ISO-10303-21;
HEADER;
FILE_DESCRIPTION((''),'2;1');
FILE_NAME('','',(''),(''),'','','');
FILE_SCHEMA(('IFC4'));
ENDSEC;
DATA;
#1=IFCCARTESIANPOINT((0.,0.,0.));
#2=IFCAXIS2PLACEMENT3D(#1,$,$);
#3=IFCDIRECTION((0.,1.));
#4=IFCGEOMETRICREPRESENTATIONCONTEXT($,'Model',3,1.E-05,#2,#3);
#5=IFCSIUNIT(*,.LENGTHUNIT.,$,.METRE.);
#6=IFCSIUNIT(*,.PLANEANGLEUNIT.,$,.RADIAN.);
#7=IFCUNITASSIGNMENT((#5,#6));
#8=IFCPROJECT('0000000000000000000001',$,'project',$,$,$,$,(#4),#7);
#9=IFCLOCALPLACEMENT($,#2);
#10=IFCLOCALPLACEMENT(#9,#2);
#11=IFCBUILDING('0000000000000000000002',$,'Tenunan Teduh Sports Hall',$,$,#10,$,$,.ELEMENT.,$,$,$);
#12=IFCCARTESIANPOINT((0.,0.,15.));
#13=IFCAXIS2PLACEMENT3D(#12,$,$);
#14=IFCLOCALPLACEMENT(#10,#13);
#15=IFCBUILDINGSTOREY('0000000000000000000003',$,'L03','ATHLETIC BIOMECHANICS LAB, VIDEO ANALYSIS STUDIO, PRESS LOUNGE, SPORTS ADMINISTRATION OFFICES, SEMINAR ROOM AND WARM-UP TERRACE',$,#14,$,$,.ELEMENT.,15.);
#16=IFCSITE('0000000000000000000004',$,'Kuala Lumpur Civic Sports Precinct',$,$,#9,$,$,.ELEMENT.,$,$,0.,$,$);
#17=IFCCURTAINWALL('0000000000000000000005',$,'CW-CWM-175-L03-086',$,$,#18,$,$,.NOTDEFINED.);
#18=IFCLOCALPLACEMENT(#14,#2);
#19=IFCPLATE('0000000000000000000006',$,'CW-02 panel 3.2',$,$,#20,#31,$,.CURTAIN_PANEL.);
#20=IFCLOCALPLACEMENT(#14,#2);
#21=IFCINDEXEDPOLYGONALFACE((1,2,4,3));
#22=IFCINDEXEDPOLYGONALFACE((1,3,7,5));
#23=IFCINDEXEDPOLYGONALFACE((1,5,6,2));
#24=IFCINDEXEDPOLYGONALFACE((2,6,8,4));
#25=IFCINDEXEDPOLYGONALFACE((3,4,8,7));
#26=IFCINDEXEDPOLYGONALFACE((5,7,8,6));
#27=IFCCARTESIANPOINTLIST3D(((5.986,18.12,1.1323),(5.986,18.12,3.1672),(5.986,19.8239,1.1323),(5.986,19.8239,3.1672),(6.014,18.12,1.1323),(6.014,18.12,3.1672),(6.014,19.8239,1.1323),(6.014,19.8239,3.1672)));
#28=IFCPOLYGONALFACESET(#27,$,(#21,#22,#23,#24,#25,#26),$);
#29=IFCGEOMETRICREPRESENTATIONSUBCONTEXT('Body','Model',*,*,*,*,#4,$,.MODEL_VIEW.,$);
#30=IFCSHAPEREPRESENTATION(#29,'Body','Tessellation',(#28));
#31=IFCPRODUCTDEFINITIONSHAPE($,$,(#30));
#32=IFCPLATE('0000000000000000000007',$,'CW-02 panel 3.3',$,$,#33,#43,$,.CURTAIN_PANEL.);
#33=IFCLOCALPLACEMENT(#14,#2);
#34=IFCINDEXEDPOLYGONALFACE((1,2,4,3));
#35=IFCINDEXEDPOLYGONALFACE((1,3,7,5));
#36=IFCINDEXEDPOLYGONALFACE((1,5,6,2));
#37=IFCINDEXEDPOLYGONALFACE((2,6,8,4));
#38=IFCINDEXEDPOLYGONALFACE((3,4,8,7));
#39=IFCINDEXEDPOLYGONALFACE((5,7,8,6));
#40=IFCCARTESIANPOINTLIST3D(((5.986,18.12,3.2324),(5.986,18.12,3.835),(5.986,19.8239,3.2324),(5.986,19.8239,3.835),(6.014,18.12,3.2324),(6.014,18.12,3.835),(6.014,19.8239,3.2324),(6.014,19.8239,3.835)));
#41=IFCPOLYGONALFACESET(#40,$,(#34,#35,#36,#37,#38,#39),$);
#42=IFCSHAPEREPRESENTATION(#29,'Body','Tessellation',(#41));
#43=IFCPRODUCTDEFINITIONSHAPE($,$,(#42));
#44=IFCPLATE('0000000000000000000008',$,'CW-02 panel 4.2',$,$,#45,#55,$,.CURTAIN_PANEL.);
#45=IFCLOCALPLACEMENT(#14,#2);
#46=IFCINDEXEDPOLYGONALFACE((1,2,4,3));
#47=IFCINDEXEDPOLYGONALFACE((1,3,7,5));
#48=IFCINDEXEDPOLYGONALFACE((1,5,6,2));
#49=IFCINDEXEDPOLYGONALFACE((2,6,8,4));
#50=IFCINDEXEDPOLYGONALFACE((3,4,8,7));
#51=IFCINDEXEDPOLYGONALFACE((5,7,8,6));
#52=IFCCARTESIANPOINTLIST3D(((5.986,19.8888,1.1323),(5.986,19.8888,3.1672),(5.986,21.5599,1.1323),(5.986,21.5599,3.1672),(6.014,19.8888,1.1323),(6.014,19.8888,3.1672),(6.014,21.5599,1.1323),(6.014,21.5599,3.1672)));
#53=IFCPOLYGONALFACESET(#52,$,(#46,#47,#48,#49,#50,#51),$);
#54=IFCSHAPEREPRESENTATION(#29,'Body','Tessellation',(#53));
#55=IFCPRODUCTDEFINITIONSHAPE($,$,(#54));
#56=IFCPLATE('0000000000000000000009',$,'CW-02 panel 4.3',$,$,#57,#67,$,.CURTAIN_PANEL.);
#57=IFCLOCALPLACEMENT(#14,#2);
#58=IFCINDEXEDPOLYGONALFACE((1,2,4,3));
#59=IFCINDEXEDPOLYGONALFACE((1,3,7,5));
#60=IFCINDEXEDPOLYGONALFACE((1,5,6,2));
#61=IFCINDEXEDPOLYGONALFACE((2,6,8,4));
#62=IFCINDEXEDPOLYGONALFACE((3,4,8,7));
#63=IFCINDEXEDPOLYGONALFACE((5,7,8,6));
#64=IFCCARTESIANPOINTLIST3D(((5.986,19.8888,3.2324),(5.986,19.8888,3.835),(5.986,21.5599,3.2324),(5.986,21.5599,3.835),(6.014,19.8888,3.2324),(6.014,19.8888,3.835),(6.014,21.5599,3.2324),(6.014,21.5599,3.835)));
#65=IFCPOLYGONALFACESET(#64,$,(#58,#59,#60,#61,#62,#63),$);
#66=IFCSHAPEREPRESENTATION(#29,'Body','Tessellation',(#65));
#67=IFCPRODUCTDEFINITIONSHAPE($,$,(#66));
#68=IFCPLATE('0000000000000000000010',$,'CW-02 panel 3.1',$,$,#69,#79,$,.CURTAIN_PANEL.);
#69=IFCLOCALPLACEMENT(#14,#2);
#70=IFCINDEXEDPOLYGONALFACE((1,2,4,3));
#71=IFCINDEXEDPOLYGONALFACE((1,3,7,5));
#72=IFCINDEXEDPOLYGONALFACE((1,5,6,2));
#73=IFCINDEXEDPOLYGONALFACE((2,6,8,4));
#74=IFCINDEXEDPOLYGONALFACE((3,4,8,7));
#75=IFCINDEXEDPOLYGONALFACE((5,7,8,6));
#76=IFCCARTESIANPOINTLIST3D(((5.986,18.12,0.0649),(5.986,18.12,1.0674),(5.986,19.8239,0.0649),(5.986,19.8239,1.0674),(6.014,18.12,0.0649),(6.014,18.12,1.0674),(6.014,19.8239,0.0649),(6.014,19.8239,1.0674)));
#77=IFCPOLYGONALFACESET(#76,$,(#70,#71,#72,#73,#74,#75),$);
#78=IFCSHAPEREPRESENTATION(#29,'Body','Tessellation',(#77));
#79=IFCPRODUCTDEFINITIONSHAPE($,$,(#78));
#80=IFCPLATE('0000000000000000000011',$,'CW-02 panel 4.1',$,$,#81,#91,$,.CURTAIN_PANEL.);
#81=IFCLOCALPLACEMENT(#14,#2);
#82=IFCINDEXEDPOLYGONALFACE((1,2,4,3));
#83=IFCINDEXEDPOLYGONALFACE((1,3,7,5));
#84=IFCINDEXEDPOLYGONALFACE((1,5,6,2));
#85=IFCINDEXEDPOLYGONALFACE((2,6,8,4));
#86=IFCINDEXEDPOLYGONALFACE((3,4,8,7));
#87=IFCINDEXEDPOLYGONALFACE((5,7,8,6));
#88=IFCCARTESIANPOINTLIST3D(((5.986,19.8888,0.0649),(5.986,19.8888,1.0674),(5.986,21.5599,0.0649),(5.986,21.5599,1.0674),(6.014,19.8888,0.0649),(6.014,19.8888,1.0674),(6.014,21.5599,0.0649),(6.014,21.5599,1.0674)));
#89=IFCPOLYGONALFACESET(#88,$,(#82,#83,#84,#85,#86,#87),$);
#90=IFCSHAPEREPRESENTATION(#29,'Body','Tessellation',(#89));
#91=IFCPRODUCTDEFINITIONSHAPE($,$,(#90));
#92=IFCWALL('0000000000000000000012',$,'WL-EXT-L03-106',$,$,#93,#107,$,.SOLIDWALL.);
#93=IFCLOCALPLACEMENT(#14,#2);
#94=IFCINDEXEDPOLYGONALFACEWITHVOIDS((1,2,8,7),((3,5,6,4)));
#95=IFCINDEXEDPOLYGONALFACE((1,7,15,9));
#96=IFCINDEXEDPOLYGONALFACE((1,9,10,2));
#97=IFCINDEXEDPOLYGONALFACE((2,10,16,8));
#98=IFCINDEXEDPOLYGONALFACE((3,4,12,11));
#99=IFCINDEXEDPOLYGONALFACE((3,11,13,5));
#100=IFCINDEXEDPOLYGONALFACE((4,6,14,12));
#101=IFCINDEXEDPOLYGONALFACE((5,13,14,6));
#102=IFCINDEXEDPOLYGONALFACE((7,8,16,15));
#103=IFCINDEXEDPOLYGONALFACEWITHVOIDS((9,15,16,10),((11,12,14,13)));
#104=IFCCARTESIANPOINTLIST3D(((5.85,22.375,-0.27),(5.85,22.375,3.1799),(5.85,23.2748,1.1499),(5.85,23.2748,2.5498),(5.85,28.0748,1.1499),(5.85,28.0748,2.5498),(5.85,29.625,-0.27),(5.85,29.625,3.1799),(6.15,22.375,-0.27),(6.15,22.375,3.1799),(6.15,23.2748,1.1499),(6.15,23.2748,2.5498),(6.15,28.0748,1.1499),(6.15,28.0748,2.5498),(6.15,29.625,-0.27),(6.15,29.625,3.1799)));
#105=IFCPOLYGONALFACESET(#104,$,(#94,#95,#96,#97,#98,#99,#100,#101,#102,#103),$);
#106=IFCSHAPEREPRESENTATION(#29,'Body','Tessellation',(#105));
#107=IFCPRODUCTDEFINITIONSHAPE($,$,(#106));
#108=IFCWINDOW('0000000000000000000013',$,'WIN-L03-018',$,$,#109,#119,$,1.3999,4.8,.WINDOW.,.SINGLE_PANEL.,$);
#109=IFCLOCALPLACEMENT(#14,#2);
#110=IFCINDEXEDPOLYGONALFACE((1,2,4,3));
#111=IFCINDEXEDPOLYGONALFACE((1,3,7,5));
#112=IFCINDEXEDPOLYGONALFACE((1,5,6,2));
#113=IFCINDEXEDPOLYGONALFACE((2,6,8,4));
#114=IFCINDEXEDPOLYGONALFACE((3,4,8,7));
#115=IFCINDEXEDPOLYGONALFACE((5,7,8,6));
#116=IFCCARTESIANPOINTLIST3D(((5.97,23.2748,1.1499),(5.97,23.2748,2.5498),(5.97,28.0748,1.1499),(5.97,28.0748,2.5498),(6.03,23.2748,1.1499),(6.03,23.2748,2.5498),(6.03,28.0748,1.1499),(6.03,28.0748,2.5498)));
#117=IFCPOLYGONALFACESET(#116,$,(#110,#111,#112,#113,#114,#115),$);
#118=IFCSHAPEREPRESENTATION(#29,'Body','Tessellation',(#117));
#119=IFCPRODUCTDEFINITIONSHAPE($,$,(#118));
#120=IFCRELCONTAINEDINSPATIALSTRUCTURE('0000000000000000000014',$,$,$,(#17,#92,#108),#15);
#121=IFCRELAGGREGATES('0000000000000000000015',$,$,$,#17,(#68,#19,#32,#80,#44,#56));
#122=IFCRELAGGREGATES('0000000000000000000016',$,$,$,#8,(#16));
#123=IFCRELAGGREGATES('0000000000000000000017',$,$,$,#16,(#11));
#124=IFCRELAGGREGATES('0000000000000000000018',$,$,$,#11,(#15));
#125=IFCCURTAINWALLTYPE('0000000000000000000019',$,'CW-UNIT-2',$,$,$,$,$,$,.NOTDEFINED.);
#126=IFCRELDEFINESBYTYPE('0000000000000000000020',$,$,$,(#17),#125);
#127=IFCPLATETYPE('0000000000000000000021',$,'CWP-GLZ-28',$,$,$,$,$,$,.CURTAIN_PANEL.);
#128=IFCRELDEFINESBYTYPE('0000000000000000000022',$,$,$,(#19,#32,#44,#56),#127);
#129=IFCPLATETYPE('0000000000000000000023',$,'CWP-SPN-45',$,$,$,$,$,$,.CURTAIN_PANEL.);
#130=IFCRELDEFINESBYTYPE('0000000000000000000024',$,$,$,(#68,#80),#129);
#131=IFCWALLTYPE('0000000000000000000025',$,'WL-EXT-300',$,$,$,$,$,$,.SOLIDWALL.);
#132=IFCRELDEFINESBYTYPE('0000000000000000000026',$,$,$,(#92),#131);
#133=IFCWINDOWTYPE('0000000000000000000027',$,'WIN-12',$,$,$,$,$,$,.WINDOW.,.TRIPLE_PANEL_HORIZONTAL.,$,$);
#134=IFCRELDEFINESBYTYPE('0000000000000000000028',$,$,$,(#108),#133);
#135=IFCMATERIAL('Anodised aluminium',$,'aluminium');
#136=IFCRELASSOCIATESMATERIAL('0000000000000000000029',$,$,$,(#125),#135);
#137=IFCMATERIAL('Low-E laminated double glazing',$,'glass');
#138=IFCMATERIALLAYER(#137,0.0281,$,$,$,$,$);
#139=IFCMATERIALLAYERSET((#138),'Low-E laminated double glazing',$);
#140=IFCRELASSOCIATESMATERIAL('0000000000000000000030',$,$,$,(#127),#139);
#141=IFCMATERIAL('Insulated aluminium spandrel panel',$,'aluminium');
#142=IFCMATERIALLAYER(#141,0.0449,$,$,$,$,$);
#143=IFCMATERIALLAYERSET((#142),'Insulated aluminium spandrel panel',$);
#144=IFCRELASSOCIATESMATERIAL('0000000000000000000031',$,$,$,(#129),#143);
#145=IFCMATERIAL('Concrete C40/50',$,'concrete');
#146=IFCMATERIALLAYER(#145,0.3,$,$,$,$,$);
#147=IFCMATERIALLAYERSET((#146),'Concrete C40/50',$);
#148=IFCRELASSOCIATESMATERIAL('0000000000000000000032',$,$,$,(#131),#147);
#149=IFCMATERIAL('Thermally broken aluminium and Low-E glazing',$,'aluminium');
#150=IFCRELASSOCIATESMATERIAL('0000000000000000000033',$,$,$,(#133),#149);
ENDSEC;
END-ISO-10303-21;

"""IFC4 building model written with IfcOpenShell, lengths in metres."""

from ifc_helpers import new_model, si_unit, direction, frame, frame_2d, origin, origin_2d, place, context, subcontext, project, spatial, rectangle, extrude, material, layer, layer_set, type_object, element, fill, aggregate, save


model = new_model("IFC4")

# Units and contexts
model_context = context("Model", 3, precision=1e-05, world=origin(), true_north=direction((0.0, 1.0)))
body_context = subcontext(model_context, "Body", "Model", "MODEL_VIEW")
ifc_project = project(units=[si_unit("LENGTHUNIT", "METRE"), si_unit("PLANEANGLEUNIT", "RADIAN")], contexts=[model_context])

# Site, building, storey
site_placement = place(None, origin())
site = spatial("IfcSite", under=ifc_project, at=site_placement, Name="Kuala Lumpur Civic Sports Precinct", CompositionType="ELEMENT", RefElevation=0.0)
building_placement = place(site_placement, origin())
building = spatial("IfcBuilding", under=site, at=building_placement, Name="Tenunan Teduh Sports Hall", CompositionType="ELEMENT")
storey_placement = place(building_placement, frame((0.0, 0.0, 15.0)))
storey = spatial("IfcBuildingStorey", under=building, at=storey_placement, Name="L03", Description="ATHLETIC BIOMECHANICS LAB, VIDEO ANALYSIS STUDIO, PRESS LOUNGE, SPORTS ADMINISTRATION OFFICES, SEMINAR ROOM AND WARM-UP TERRACE", CompositionType="ELEMENT", Elevation=15.0)

# Curtain wall
ifc_material_1 = material(Name="Anodised aluminium", Category="aluminium")
curtain_wall_type = type_object("IfcCurtainWallType", Name="CW-UNIT-2", PredefinedType="NOTDEFINED", material=ifc_material_1)
curtain_wall_1_placement = place(storey_placement, origin())
curtain_wall_1 = element("IfcCurtainWall", 1, at=curtain_wall_1_placement, inside=storey, type_object=curtain_wall_type, Name="CW-CWM-175-L03-086", PredefinedType="NOTDEFINED")

# Plates
ifc_material_2 = material(Name="Low-E laminated double glazing", Category="glass")
ifc_layer_1 = layer(ifc_material_2, 0.0281)
ifc_layer_set_1 = layer_set([ifc_layer_1], Name="Low-E laminated double glazing")
plate_type_1 = type_object("IfcPlateType", Name="CWP-GLZ-28", PredefinedType="CURTAIN_PANEL", material=ifc_layer_set_1)
plate_1_placement = place(storey_placement, frame((6.0, 18.9719, 1.1323), z_axis=(0.0, 0.0, 1.0), x_axis=(0.0, 1.0, 0.0)))
plate_1 = element("IfcPlate", 2, at=plate_1_placement, type_object=plate_type_1, Name="CW-02 panel 3.2", PredefinedType="CURTAIN_PANEL", context=body_context, shape_type="SweptSolid", body=[
    extrude(rectangle(XDim=1.7039, YDim=0.0281, at=origin_2d()), origin(), (0.0, 0.0, 1.0), 2.0349),
])
plate_2_placement = place(storey_placement, frame((6.0, 18.9719, 3.2324), z_axis=(0.0, 0.0, 1.0), x_axis=(0.0, 1.0, 0.0)))
plate_2 = element("IfcPlate", 3, at=plate_2_placement, type_object=plate_type_1, Name="CW-02 panel 3.3", PredefinedType="CURTAIN_PANEL", context=body_context, shape_type="SweptSolid", body=[
    extrude(rectangle(XDim=1.7039, YDim=0.0281, at=origin_2d()), origin(), (0.0, 0.0, 1.0), 0.6025),
])
plate_3_placement = place(storey_placement, frame((6.0, 20.7244, 1.1323), z_axis=(0.0, 0.0, 1.0), x_axis=(0.0, 1.0, 0.0)))
plate_3 = element("IfcPlate", 4, at=plate_3_placement, type_object=plate_type_1, Name="CW-02 panel 4.2", PredefinedType="CURTAIN_PANEL", context=body_context, shape_type="SweptSolid", body=[
    extrude(rectangle(XDim=1.6711, YDim=0.0281, at=origin_2d()), origin(), (0.0, 0.0, 1.0), 2.0349),
])
plate_4_placement = place(storey_placement, frame((6.0, 20.7244, 3.2324), z_axis=(0.0, 0.0, 1.0), x_axis=(0.0, 1.0, 0.0)))
plate_4 = element("IfcPlate", 5, at=plate_4_placement, type_object=plate_type_1, Name="CW-02 panel 4.3", PredefinedType="CURTAIN_PANEL", context=body_context, shape_type="SweptSolid", body=[
    extrude(rectangle(XDim=1.6711, YDim=0.0281, at=origin_2d()), origin(), (0.0, 0.0, 1.0), 0.6025),
])
ifc_material_3 = material(Name="Insulated aluminium spandrel panel", Category="aluminium")
ifc_layer_2 = layer(ifc_material_3, 0.0449)
ifc_layer_set_2 = layer_set([ifc_layer_2], Name="Insulated aluminium spandrel panel")
plate_type_2 = type_object("IfcPlateType", Name="CWP-SPN-45", PredefinedType="CURTAIN_PANEL", material=ifc_layer_set_2)
plate_5_placement = place(storey_placement, frame((6.0, 18.9719, 0.0649), z_axis=(0.0, 0.0, 1.0), x_axis=(0.0, 1.0, 0.0)))
plate_5 = element("IfcPlate", 6, at=plate_5_placement, type_object=plate_type_2, Name="CW-02 panel 3.1", PredefinedType="CURTAIN_PANEL", context=body_context, shape_type="SweptSolid", body=[
    extrude(rectangle(XDim=1.7039, YDim=0.0281, at=origin_2d()), origin(), (0.0, 0.0, 1.0), 1.0024),
])
plate_6_placement = place(storey_placement, frame((6.0, 20.7244, 0.0649), z_axis=(0.0, 0.0, 1.0), x_axis=(0.0, 1.0, 0.0)))
plate_6 = element("IfcPlate", 7, at=plate_6_placement, type_object=plate_type_2, Name="CW-02 panel 4.1", PredefinedType="CURTAIN_PANEL", context=body_context, shape_type="SweptSolid", body=[
    extrude(rectangle(XDim=1.6711, YDim=0.0281, at=origin_2d()), origin(), (0.0, 0.0, 1.0), 1.0024),
])
aggregate(curtain_wall_1, [plate_5, plate_1, plate_2, plate_6, plate_3, plate_4])

# Wall, opening, window
ifc_material_4 = material(Name="Concrete C40/50", Category="concrete")
ifc_layer_3 = layer(ifc_material_4, 0.3)
ifc_layer_set_3 = layer_set([ifc_layer_3], Name="Concrete C40/50")
wall_type = type_object("IfcWallType", Name="WL-EXT-300", PredefinedType="SOLIDWALL", material=ifc_layer_set_3)
wall_placement = place(storey_placement, frame((6.0, 22.375, -0.27), z_axis=(0.0, 0.0, 1.0), x_axis=(0.0, 1.0, 0.0)))
wall = element("IfcWall", 8, at=wall_placement, inside=storey, type_object=wall_type, Name="WL-EXT-L03-106", PredefinedType="SOLIDWALL", context=body_context, shape_type="SweptSolid", body=[
    extrude(rectangle(XDim=7.25, YDim=0.3, at=frame_2d((3.625, 0.0))), origin(), (0.0, 0.0, 1.0), 3.45),
])
opening_placement = place(wall_placement, frame((0.8999, 0.0, 1.4199)))
opening = element("IfcOpeningElement", 9, at=opening_placement, cuts=wall, PredefinedType="OPENING", context=body_context, shape_type="SweptSolid", body=[
    extrude(rectangle(XDim=4.8, YDim=1.3999, at=frame_2d((2.3999, 0.7))), frame((0.0, 0.1599, 0.0), z_axis=(0.0, -1.0, 0.0), x_axis=(1.0, 0.0, 0.0)), (0.0, 0.0, 1.0), 0.3201),
])
ifc_material_5 = material(Name="Thermally broken aluminium and Low-E glazing", Category="aluminium")
window_type = type_object("IfcWindowType", Name="WIN-12", PartitioningType="TRIPLE_PANEL_HORIZONTAL", PredefinedType="WINDOW", material=ifc_material_5)
window_placement = place(opening_placement, origin())
window = element("IfcWindow", 10, at=window_placement, inside=storey, type_object=window_type, Name="WIN-L03-018", OverallHeight=1.3999, OverallWidth=4.8, PartitioningType="SINGLE_PANEL", PredefinedType="WINDOW", context=body_context, shape_type="SweptSolid", body=[
    extrude(rectangle(XDim=4.8, YDim=1.3999, at=frame_2d((2.3999, 0.7))), frame((0.0, 0.03, 0.0), z_axis=(0.0, -1.0, 0.0), x_axis=(1.0, 0.0, 0.0)), (0.0, 0.0, 1.0), 0.0601),
])
fill(opening, window)

save(model, "model.ifc")
